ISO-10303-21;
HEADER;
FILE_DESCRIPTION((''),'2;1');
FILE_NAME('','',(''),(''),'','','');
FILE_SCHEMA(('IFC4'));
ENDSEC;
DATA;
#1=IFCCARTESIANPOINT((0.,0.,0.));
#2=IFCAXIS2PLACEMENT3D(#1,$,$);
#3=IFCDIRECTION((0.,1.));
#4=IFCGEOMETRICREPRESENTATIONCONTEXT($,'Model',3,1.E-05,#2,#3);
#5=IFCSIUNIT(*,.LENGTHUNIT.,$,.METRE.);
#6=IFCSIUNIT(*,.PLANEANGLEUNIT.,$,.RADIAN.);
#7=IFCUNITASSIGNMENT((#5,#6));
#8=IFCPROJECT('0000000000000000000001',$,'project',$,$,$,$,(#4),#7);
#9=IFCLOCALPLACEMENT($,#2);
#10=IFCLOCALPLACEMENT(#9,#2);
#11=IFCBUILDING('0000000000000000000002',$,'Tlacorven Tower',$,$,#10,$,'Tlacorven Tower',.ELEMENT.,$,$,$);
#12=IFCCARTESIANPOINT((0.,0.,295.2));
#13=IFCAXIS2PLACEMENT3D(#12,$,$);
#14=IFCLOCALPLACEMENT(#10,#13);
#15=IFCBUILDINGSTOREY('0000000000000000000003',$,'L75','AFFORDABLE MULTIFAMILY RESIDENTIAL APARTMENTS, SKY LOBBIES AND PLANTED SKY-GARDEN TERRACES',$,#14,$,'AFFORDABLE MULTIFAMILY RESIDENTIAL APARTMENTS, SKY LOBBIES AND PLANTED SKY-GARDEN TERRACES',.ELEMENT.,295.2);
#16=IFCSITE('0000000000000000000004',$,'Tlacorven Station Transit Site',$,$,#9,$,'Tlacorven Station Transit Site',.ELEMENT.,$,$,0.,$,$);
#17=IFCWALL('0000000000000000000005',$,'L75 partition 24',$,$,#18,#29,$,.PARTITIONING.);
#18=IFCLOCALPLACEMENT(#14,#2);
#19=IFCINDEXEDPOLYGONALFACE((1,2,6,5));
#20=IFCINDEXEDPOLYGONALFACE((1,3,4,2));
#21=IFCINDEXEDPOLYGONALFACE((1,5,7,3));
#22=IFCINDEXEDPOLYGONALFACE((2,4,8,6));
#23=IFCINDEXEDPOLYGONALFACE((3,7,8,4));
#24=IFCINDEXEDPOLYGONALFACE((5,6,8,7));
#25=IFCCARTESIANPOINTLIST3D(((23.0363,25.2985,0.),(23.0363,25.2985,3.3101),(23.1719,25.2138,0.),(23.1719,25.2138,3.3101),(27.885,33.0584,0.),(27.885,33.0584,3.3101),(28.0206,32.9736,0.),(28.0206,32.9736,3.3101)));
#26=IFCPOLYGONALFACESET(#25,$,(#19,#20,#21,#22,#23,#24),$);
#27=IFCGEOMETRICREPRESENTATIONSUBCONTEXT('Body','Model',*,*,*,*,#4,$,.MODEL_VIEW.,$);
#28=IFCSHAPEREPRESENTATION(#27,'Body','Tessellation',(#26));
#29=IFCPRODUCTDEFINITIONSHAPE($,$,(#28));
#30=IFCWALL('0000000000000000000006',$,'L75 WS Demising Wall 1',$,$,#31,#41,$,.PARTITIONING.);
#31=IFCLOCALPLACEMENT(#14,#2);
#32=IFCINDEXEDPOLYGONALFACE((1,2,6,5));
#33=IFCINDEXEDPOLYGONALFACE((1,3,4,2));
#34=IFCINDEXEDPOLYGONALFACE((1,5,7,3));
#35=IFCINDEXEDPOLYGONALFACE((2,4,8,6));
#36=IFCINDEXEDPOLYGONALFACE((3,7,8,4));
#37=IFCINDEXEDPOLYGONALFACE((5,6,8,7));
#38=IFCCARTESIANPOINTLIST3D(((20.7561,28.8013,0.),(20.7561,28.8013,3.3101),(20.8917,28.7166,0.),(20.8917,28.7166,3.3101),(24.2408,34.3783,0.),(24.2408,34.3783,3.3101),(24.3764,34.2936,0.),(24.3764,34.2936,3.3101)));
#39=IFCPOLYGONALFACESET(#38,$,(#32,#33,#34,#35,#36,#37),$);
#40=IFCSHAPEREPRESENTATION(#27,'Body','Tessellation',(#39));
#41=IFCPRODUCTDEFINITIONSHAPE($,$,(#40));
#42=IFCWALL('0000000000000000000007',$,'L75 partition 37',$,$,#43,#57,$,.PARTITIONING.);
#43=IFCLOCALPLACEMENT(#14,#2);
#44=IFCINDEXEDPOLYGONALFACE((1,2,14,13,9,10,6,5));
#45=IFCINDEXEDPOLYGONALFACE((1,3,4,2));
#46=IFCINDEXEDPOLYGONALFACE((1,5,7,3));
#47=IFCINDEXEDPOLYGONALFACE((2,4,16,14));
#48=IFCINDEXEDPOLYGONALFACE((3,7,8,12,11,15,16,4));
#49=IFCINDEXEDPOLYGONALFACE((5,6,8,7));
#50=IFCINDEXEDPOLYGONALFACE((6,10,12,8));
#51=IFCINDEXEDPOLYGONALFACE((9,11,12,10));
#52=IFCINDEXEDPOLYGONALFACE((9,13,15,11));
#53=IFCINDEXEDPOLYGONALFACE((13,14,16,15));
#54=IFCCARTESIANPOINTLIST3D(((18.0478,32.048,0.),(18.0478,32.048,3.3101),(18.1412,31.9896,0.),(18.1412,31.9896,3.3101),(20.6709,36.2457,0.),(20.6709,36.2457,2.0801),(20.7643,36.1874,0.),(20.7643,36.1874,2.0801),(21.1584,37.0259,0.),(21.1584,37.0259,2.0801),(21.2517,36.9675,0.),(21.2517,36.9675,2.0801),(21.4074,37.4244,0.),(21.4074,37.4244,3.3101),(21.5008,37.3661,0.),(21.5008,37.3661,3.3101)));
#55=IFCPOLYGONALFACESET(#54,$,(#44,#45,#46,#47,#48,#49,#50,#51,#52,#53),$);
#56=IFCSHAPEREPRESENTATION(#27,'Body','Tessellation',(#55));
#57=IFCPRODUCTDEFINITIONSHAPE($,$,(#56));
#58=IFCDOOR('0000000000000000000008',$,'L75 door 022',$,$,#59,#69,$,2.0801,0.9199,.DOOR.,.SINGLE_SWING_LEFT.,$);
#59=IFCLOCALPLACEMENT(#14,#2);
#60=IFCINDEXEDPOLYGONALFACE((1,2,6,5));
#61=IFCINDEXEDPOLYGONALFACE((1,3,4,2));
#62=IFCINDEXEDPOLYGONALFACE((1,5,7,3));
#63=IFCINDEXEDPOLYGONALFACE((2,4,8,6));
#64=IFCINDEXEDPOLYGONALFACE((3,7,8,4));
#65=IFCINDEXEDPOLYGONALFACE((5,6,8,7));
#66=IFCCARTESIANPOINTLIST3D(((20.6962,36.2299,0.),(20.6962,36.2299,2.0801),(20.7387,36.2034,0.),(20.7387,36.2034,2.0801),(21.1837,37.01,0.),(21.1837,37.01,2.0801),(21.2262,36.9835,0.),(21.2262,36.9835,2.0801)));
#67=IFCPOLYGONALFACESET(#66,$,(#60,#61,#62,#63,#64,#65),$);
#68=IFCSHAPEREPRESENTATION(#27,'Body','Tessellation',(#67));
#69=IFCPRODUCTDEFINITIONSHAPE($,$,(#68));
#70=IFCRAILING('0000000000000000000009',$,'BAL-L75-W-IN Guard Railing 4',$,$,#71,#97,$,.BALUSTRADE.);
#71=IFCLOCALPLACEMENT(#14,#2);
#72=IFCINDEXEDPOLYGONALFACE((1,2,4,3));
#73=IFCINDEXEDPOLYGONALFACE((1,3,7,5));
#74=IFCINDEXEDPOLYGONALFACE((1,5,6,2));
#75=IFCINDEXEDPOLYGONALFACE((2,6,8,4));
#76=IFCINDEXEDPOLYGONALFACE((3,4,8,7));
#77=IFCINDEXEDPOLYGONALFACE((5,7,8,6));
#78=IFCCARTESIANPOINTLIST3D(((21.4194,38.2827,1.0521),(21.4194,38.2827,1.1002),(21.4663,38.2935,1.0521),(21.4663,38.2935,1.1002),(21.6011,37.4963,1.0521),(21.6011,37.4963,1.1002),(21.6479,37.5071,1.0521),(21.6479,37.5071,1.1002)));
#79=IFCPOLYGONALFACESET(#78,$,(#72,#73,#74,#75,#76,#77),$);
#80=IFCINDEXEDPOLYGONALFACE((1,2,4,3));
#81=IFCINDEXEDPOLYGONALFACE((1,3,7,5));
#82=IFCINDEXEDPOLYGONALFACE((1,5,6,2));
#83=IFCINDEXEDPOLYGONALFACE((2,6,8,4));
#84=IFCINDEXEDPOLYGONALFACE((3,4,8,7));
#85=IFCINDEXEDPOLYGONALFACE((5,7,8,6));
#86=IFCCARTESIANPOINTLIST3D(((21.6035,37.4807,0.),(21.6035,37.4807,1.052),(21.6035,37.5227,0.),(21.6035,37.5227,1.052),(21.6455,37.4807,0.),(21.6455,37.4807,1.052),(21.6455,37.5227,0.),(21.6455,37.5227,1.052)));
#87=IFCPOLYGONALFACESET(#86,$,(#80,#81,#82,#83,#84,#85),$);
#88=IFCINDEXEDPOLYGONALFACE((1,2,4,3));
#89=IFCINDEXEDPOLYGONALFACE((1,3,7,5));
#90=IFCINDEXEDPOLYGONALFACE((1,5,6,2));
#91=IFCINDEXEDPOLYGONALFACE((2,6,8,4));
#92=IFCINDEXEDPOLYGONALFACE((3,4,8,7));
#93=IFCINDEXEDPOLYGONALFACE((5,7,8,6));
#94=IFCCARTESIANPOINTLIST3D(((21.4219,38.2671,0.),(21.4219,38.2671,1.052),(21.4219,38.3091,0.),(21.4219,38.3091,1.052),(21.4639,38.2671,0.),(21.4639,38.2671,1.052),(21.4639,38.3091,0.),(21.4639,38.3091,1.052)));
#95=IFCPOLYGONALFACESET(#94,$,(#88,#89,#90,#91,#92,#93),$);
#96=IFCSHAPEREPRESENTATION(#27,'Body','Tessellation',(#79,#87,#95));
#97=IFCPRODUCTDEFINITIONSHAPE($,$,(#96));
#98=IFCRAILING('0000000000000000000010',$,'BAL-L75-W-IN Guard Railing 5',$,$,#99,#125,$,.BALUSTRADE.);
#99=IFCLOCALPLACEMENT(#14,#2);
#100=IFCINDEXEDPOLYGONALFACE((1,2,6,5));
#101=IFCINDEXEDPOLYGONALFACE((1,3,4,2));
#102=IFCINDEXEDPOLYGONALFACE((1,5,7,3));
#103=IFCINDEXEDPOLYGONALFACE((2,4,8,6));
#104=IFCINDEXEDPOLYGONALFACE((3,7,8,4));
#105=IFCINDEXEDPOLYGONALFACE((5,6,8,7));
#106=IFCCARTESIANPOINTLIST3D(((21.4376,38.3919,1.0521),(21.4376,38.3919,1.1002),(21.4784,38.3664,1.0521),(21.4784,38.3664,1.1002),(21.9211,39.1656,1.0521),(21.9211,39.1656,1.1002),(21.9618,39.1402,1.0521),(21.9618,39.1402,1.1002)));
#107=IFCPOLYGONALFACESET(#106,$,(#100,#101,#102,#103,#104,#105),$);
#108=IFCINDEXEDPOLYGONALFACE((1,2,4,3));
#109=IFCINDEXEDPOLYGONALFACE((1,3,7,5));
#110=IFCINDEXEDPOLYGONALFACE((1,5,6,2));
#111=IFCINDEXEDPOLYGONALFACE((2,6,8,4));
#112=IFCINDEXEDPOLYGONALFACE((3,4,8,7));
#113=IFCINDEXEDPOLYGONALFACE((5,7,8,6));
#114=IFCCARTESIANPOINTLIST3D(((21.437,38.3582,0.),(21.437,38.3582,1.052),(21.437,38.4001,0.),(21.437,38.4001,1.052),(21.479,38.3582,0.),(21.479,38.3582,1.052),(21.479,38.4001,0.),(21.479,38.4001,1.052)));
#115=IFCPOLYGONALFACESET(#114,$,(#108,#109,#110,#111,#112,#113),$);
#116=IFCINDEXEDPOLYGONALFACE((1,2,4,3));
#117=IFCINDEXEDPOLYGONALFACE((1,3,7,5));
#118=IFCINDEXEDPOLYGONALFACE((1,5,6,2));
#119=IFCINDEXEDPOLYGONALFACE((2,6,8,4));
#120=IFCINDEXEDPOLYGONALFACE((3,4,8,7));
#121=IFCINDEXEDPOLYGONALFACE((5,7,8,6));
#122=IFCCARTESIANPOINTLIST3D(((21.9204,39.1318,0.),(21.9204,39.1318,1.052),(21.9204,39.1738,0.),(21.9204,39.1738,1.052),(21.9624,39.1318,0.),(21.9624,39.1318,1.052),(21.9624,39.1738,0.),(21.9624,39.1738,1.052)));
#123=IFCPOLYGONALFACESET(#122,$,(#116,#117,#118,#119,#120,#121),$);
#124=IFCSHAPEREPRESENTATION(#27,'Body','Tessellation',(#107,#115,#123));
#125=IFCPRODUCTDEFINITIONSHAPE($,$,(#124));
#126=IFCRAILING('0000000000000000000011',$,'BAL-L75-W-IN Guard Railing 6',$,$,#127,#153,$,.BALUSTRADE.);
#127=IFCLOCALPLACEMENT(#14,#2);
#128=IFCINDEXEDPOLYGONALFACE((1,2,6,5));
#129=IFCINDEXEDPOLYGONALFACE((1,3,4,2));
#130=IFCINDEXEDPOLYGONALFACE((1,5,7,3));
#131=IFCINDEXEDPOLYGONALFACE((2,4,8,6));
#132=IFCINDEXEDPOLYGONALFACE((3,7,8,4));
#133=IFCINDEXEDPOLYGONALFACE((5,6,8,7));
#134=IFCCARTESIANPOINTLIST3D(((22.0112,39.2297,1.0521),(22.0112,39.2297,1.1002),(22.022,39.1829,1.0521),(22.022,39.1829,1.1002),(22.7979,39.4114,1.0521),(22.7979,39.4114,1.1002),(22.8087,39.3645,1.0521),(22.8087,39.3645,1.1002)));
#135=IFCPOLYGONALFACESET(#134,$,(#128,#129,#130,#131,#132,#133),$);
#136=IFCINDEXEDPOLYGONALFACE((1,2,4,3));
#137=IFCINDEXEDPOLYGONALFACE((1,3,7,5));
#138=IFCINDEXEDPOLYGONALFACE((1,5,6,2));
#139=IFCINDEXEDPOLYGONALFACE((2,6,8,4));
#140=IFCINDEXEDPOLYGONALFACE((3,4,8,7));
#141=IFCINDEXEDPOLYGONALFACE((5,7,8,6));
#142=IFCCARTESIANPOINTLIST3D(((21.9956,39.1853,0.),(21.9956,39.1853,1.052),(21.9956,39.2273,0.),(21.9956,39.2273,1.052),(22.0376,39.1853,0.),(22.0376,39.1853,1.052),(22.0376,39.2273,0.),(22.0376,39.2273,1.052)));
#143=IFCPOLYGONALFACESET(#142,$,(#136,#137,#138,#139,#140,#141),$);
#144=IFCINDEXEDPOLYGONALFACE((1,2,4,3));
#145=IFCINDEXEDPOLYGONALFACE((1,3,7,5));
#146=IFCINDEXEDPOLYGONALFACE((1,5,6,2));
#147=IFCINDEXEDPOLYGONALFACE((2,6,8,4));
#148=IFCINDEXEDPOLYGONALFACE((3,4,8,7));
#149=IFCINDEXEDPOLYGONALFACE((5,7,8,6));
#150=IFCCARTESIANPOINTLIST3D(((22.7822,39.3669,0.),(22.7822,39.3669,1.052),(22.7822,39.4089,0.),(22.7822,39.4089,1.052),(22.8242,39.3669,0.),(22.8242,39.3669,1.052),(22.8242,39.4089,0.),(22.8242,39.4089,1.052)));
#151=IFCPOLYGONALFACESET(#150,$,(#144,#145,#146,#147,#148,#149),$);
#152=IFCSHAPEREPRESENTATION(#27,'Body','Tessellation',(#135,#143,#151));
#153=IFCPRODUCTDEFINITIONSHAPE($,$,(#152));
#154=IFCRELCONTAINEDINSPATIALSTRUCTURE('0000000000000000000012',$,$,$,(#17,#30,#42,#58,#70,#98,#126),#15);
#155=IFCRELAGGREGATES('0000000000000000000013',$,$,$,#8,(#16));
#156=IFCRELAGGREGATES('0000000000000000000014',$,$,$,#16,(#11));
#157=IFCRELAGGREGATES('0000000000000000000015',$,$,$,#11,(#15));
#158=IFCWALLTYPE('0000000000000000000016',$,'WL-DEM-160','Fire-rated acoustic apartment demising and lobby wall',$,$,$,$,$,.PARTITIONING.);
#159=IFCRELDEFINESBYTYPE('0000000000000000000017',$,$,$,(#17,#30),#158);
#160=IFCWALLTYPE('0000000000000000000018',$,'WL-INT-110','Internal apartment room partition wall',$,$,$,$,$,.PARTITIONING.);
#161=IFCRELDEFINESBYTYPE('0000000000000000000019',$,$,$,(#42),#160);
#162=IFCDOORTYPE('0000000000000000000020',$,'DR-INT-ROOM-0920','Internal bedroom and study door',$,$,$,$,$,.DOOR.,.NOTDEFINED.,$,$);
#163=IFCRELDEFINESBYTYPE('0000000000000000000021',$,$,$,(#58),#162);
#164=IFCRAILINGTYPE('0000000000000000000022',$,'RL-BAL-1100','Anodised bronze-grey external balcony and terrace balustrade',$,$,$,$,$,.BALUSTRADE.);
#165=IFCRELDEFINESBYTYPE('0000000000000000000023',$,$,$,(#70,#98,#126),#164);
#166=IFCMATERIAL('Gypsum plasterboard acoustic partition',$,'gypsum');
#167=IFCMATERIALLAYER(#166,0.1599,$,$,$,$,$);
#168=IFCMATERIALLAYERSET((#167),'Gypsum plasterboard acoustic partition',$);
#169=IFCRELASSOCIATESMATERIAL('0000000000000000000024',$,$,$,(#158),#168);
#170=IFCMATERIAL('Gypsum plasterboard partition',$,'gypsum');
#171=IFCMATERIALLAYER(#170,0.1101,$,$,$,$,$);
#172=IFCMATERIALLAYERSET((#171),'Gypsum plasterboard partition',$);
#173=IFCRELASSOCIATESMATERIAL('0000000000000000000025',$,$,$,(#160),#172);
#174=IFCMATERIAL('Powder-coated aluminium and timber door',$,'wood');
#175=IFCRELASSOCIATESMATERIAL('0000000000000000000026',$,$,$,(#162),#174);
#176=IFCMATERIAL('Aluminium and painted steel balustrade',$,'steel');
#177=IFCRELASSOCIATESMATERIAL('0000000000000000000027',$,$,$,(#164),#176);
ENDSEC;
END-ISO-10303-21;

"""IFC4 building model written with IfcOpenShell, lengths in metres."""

from ifc_helpers import new_model, si_unit, direction, frame, frame_2d, origin, origin_2d, place, context, subcontext, project, spatial, rectangle, extrude, source, transform, mapped, material, layer, layer_set, type_object, element, fill, save


model = new_model("IFC4")

# Units and contexts
model_context = context("Model", 3, precision=1e-05, world=origin(), true_north=direction((0.0, 1.0)))
body_context = subcontext(model_context, "Body", "Model", "MODEL_VIEW")
ifc_project = project(units=[si_unit("LENGTHUNIT", "METRE"), si_unit("PLANEANGLEUNIT", "RADIAN")], contexts=[model_context])

# Site, building, storey
site_placement = place(None, origin())
site = spatial("IfcSite", under=ifc_project, at=site_placement, Name="Tlacorven Station Transit Site", LongName="Tlacorven Station Transit Site", CompositionType="ELEMENT", RefElevation=0.0)
building_placement = place(site_placement, origin())
building = spatial("IfcBuilding", under=site, at=building_placement, Name="Tlacorven Tower", LongName="Tlacorven Tower", CompositionType="ELEMENT")
storey_placement = place(building_placement, frame((0.0, 0.0, 295.2)))
storey = spatial("IfcBuildingStorey", under=building, at=storey_placement, Name="L75", Description="AFFORDABLE MULTIFAMILY RESIDENTIAL APARTMENTS, SKY LOBBIES AND PLANTED SKY-GARDEN TERRACES", LongName="AFFORDABLE MULTIFAMILY RESIDENTIAL APARTMENTS, SKY LOBBIES AND PLANTED SKY-GARDEN TERRACES", CompositionType="ELEMENT", Elevation=295.2)

# Walls
ifc_material_1 = material(Name="Gypsum plasterboard acoustic partition", Category="gypsum")
ifc_layer_1 = layer(ifc_material_1, 0.1599)
ifc_layer_set_1 = layer_set([ifc_layer_1], Name="Gypsum plasterboard acoustic partition")
wall_type_1 = type_object("IfcWallType", Name="WL-DEM-160", Description="Fire-rated acoustic apartment demising and lobby wall", PredefinedType="PARTITIONING", material=ifc_layer_set_1)
wall_1_placement = place(storey_placement, frame((27.9529, 33.0161, 0.0), z_axis=(0.0, 0.0, 1.0), x_axis=(-0.529903, -0.848058, 0.0)))
element("IfcWall", 1, at=wall_1_placement, inside=storey, type_object=wall_type_1, Name="L75 partition 24", PredefinedType="PARTITIONING", context=body_context, shape_type="SweptSolid", body=[
    extrude(rectangle(XDim=9.1501, YDim=0.1599, at=frame_2d((4.5752, 0.0))), origin(), (0.0, 0.0, 1.0), 3.3101),
])
wall_2_placement = place(storey_placement, frame((24.3086, 34.3359, 0.0), z_axis=(0.0, 0.0, 1.0), x_axis=(-0.529895, -0.848063, 0.0)))
element("IfcWall", 2, at=wall_2_placement, inside=storey, type_object=wall_type_1, Name="L75 WS Demising Wall 1", PredefinedType="PARTITIONING", context=body_context, shape_type="SweptSolid", body=[
    extrude(rectangle(XDim=6.5762, YDim=0.1599, at=frame_2d((3.2881, 0.0))), origin(), (0.0, 0.0, 1.0), 3.3101),
])

# Wall, opening, door
ifc_material_2 = material(Name="Gypsum plasterboard partition", Category="gypsum")
ifc_layer_2 = layer(ifc_material_2, 0.1101)
ifc_layer_set_2 = layer_set([ifc_layer_2], Name="Gypsum plasterboard partition")
wall_type_2 = type_object("IfcWallType", Name="WL-INT-110", Description="Internal apartment room partition wall", PredefinedType="PARTITIONING", material=ifc_layer_set_2)
wall_3_placement = place(storey_placement, frame((21.4541, 37.3953, 0.0), z_axis=(0.0, 0.0, 1.0), x_axis=(-0.529923, -0.848046, 0.0)))
wall_3 = element("IfcWall", 3, at=wall_3_placement, inside=storey, type_object=wall_type_2, Name="L75 partition 37", PredefinedType="PARTITIONING", context=body_context, shape_type="SweptSolid", body=[
    extrude(rectangle(XDim=6.3398, YDim=0.1101, at=frame_2d((3.1699, 0.0))), origin(), (0.0, 0.0, 1.0), 3.3101),
])
opening_placement = place(wall_3_placement, frame((0.47, 0.0, 0.0)))
opening = element("IfcOpeningElement", 4, at=opening_placement, cuts=wall_3, PredefinedType="OPENING", context=body_context, shape_type="SweptSolid", body=[
    extrude(rectangle(XDim=0.9199, YDim=2.0801, at=frame_2d((0.46, 1.04))), frame((0.0, 0.0649, 0.0), z_axis=(0.0, -1.0, 0.0), x_axis=(1.0, 0.0, 0.0)), (0.0, 0.0, 1.0), 0.1301),
])
ifc_material_3 = material(Name="Powder-coated aluminium and timber door", Category="wood")
door_type = type_object("IfcDoorType", Name="DR-INT-ROOM-0920", Description="Internal bedroom and study door", OperationType="NOTDEFINED", PredefinedType="DOOR", material=ifc_material_3)
shared_shape_1 = source(origin(), body_context, "Body", "SweptSolid", [
    extrude(rectangle(XDim=0.9199, YDim=2.0801, at=frame_2d((0.46, 1.04))), frame((0.0, 0.0249, 0.0), z_axis=(0.0, -1.0, 0.0), x_axis=(1.0, 0.0, 0.0)), (0.0, 0.0, 1.0), 0.05),
])
door_placement = place(opening_placement, origin())
door = element("IfcDoor", 5, at=door_placement, inside=storey, type_object=door_type, Name="L75 door 022", OperationType="SINGLE_SWING_LEFT", OverallHeight=2.0801, OverallWidth=0.9199, PredefinedType="DOOR", context=body_context, shape_type="MappedRepresentation", body=[
    mapped(shared_shape_1, transform((0.0, 0.0, 0.0), scale=1.0)),
])
fill(opening, door)

# Railings
ifc_material_4 = material(Name="Aluminium and painted steel balustrade", Category="steel")
railing_type = type_object("IfcRailingType", Name="RL-BAL-1100", Description="Anodised bronze-grey external balcony and terrace balustrade", PredefinedType="BALUSTRADE", material=ifc_material_4)
shared_shape_2 = source(origin(), body_context, "Body", "SweptSolid", [
    extrude(rectangle(XDim=0.0481, YDim=0.0481, at=origin_2d()), frame((0.0, 0.0, 1.0762), z_axis=(-0.225058, 0.974345, 0.0), x_axis=(-0.974345, -0.225058, 0.0)), (0.0, 0.0, 1.0), 0.8071),
    extrude(rectangle(XDim=0.042, YDim=0.042, at=origin_2d()), origin(), (0.0, 0.0, 1.0), 1.052),
    extrude(rectangle(XDim=0.042, YDim=0.042, at=origin_2d()), frame((-0.1816, 0.7864, 0.0)), (0.0, 0.0, 1.0), 1.052),
])
railing_1_placement = place(storey_placement, frame((21.6245, 37.5017, 0.0)))
element("IfcRailing", 6, at=railing_1_placement, inside=storey, type_object=railing_type, Name="BAL-L75-W-IN Guard Railing 4", PredefinedType="BALUSTRADE", context=body_context, shape_type="MappedRepresentation", body=[
    mapped(shared_shape_2, transform((0.0, 0.0, 0.0), scale=1.0)),
])
shared_shape_3 = source(origin(), body_context, "Body", "SweptSolid", [
    extrude(rectangle(XDim=0.0481, YDim=0.0481, at=origin_2d()), frame((0.0, 0.0, 1.0762), z_axis=(0.529879, 0.848073, 0.0), x_axis=(-0.848073, 0.529879, 0.0)), (0.0, 0.0, 1.0), 0.9124),
    extrude(rectangle(XDim=0.042, YDim=0.042, at=origin_2d()), origin(), (0.0, 0.0, 1.0), 1.052),
    extrude(rectangle(XDim=0.042, YDim=0.042, at=origin_2d()), frame((0.4834, 0.7737, 0.0)), (0.0, 0.0, 1.0), 1.052),
])
railing_2_placement = place(storey_placement, frame((21.458, 38.3792, 0.0)))
element("IfcRailing", 7, at=railing_2_placement, inside=storey, type_object=railing_type, Name="BAL-L75-W-IN Guard Railing 5", PredefinedType="BALUSTRADE", context=body_context, shape_type="MappedRepresentation", body=[
    mapped(shared_shape_3, transform((0.0, 0.0, 0.0), scale=1.0)),
])
shared_shape_4 = source(origin(), body_context, "Body", "SweptSolid", [
    extrude(rectangle(XDim=0.0481, YDim=0.0481, at=origin_2d()), frame((0.0, 0.0, 1.0762), z_axis=(0.974361, 0.224992, 0.0), x_axis=(-0.224992, 0.974361, 0.0)), (0.0, 0.0, 1.0), 0.8074),
    extrude(rectangle(XDim=0.042, YDim=0.042, at=origin_2d()), origin(), (0.0, 0.0, 1.0), 1.052),
    extrude(rectangle(XDim=0.042, YDim=0.042, at=origin_2d()), frame((0.7866, 0.1816, 0.0)), (0.0, 0.0, 1.0), 1.052),
])
railing_3_placement = place(storey_placement, frame((22.0166, 39.2063, 0.0)))
element("IfcRailing", 8, at=railing_3_placement, inside=storey, type_object=railing_type, Name="BAL-L75-W-IN Guard Railing 6", PredefinedType="BALUSTRADE", context=body_context, shape_type="MappedRepresentation", body=[
    mapped(shared_shape_4, transform((0.0, 0.0, 0.0), scale=1.0)),
])

save(model, "model.ifc")
